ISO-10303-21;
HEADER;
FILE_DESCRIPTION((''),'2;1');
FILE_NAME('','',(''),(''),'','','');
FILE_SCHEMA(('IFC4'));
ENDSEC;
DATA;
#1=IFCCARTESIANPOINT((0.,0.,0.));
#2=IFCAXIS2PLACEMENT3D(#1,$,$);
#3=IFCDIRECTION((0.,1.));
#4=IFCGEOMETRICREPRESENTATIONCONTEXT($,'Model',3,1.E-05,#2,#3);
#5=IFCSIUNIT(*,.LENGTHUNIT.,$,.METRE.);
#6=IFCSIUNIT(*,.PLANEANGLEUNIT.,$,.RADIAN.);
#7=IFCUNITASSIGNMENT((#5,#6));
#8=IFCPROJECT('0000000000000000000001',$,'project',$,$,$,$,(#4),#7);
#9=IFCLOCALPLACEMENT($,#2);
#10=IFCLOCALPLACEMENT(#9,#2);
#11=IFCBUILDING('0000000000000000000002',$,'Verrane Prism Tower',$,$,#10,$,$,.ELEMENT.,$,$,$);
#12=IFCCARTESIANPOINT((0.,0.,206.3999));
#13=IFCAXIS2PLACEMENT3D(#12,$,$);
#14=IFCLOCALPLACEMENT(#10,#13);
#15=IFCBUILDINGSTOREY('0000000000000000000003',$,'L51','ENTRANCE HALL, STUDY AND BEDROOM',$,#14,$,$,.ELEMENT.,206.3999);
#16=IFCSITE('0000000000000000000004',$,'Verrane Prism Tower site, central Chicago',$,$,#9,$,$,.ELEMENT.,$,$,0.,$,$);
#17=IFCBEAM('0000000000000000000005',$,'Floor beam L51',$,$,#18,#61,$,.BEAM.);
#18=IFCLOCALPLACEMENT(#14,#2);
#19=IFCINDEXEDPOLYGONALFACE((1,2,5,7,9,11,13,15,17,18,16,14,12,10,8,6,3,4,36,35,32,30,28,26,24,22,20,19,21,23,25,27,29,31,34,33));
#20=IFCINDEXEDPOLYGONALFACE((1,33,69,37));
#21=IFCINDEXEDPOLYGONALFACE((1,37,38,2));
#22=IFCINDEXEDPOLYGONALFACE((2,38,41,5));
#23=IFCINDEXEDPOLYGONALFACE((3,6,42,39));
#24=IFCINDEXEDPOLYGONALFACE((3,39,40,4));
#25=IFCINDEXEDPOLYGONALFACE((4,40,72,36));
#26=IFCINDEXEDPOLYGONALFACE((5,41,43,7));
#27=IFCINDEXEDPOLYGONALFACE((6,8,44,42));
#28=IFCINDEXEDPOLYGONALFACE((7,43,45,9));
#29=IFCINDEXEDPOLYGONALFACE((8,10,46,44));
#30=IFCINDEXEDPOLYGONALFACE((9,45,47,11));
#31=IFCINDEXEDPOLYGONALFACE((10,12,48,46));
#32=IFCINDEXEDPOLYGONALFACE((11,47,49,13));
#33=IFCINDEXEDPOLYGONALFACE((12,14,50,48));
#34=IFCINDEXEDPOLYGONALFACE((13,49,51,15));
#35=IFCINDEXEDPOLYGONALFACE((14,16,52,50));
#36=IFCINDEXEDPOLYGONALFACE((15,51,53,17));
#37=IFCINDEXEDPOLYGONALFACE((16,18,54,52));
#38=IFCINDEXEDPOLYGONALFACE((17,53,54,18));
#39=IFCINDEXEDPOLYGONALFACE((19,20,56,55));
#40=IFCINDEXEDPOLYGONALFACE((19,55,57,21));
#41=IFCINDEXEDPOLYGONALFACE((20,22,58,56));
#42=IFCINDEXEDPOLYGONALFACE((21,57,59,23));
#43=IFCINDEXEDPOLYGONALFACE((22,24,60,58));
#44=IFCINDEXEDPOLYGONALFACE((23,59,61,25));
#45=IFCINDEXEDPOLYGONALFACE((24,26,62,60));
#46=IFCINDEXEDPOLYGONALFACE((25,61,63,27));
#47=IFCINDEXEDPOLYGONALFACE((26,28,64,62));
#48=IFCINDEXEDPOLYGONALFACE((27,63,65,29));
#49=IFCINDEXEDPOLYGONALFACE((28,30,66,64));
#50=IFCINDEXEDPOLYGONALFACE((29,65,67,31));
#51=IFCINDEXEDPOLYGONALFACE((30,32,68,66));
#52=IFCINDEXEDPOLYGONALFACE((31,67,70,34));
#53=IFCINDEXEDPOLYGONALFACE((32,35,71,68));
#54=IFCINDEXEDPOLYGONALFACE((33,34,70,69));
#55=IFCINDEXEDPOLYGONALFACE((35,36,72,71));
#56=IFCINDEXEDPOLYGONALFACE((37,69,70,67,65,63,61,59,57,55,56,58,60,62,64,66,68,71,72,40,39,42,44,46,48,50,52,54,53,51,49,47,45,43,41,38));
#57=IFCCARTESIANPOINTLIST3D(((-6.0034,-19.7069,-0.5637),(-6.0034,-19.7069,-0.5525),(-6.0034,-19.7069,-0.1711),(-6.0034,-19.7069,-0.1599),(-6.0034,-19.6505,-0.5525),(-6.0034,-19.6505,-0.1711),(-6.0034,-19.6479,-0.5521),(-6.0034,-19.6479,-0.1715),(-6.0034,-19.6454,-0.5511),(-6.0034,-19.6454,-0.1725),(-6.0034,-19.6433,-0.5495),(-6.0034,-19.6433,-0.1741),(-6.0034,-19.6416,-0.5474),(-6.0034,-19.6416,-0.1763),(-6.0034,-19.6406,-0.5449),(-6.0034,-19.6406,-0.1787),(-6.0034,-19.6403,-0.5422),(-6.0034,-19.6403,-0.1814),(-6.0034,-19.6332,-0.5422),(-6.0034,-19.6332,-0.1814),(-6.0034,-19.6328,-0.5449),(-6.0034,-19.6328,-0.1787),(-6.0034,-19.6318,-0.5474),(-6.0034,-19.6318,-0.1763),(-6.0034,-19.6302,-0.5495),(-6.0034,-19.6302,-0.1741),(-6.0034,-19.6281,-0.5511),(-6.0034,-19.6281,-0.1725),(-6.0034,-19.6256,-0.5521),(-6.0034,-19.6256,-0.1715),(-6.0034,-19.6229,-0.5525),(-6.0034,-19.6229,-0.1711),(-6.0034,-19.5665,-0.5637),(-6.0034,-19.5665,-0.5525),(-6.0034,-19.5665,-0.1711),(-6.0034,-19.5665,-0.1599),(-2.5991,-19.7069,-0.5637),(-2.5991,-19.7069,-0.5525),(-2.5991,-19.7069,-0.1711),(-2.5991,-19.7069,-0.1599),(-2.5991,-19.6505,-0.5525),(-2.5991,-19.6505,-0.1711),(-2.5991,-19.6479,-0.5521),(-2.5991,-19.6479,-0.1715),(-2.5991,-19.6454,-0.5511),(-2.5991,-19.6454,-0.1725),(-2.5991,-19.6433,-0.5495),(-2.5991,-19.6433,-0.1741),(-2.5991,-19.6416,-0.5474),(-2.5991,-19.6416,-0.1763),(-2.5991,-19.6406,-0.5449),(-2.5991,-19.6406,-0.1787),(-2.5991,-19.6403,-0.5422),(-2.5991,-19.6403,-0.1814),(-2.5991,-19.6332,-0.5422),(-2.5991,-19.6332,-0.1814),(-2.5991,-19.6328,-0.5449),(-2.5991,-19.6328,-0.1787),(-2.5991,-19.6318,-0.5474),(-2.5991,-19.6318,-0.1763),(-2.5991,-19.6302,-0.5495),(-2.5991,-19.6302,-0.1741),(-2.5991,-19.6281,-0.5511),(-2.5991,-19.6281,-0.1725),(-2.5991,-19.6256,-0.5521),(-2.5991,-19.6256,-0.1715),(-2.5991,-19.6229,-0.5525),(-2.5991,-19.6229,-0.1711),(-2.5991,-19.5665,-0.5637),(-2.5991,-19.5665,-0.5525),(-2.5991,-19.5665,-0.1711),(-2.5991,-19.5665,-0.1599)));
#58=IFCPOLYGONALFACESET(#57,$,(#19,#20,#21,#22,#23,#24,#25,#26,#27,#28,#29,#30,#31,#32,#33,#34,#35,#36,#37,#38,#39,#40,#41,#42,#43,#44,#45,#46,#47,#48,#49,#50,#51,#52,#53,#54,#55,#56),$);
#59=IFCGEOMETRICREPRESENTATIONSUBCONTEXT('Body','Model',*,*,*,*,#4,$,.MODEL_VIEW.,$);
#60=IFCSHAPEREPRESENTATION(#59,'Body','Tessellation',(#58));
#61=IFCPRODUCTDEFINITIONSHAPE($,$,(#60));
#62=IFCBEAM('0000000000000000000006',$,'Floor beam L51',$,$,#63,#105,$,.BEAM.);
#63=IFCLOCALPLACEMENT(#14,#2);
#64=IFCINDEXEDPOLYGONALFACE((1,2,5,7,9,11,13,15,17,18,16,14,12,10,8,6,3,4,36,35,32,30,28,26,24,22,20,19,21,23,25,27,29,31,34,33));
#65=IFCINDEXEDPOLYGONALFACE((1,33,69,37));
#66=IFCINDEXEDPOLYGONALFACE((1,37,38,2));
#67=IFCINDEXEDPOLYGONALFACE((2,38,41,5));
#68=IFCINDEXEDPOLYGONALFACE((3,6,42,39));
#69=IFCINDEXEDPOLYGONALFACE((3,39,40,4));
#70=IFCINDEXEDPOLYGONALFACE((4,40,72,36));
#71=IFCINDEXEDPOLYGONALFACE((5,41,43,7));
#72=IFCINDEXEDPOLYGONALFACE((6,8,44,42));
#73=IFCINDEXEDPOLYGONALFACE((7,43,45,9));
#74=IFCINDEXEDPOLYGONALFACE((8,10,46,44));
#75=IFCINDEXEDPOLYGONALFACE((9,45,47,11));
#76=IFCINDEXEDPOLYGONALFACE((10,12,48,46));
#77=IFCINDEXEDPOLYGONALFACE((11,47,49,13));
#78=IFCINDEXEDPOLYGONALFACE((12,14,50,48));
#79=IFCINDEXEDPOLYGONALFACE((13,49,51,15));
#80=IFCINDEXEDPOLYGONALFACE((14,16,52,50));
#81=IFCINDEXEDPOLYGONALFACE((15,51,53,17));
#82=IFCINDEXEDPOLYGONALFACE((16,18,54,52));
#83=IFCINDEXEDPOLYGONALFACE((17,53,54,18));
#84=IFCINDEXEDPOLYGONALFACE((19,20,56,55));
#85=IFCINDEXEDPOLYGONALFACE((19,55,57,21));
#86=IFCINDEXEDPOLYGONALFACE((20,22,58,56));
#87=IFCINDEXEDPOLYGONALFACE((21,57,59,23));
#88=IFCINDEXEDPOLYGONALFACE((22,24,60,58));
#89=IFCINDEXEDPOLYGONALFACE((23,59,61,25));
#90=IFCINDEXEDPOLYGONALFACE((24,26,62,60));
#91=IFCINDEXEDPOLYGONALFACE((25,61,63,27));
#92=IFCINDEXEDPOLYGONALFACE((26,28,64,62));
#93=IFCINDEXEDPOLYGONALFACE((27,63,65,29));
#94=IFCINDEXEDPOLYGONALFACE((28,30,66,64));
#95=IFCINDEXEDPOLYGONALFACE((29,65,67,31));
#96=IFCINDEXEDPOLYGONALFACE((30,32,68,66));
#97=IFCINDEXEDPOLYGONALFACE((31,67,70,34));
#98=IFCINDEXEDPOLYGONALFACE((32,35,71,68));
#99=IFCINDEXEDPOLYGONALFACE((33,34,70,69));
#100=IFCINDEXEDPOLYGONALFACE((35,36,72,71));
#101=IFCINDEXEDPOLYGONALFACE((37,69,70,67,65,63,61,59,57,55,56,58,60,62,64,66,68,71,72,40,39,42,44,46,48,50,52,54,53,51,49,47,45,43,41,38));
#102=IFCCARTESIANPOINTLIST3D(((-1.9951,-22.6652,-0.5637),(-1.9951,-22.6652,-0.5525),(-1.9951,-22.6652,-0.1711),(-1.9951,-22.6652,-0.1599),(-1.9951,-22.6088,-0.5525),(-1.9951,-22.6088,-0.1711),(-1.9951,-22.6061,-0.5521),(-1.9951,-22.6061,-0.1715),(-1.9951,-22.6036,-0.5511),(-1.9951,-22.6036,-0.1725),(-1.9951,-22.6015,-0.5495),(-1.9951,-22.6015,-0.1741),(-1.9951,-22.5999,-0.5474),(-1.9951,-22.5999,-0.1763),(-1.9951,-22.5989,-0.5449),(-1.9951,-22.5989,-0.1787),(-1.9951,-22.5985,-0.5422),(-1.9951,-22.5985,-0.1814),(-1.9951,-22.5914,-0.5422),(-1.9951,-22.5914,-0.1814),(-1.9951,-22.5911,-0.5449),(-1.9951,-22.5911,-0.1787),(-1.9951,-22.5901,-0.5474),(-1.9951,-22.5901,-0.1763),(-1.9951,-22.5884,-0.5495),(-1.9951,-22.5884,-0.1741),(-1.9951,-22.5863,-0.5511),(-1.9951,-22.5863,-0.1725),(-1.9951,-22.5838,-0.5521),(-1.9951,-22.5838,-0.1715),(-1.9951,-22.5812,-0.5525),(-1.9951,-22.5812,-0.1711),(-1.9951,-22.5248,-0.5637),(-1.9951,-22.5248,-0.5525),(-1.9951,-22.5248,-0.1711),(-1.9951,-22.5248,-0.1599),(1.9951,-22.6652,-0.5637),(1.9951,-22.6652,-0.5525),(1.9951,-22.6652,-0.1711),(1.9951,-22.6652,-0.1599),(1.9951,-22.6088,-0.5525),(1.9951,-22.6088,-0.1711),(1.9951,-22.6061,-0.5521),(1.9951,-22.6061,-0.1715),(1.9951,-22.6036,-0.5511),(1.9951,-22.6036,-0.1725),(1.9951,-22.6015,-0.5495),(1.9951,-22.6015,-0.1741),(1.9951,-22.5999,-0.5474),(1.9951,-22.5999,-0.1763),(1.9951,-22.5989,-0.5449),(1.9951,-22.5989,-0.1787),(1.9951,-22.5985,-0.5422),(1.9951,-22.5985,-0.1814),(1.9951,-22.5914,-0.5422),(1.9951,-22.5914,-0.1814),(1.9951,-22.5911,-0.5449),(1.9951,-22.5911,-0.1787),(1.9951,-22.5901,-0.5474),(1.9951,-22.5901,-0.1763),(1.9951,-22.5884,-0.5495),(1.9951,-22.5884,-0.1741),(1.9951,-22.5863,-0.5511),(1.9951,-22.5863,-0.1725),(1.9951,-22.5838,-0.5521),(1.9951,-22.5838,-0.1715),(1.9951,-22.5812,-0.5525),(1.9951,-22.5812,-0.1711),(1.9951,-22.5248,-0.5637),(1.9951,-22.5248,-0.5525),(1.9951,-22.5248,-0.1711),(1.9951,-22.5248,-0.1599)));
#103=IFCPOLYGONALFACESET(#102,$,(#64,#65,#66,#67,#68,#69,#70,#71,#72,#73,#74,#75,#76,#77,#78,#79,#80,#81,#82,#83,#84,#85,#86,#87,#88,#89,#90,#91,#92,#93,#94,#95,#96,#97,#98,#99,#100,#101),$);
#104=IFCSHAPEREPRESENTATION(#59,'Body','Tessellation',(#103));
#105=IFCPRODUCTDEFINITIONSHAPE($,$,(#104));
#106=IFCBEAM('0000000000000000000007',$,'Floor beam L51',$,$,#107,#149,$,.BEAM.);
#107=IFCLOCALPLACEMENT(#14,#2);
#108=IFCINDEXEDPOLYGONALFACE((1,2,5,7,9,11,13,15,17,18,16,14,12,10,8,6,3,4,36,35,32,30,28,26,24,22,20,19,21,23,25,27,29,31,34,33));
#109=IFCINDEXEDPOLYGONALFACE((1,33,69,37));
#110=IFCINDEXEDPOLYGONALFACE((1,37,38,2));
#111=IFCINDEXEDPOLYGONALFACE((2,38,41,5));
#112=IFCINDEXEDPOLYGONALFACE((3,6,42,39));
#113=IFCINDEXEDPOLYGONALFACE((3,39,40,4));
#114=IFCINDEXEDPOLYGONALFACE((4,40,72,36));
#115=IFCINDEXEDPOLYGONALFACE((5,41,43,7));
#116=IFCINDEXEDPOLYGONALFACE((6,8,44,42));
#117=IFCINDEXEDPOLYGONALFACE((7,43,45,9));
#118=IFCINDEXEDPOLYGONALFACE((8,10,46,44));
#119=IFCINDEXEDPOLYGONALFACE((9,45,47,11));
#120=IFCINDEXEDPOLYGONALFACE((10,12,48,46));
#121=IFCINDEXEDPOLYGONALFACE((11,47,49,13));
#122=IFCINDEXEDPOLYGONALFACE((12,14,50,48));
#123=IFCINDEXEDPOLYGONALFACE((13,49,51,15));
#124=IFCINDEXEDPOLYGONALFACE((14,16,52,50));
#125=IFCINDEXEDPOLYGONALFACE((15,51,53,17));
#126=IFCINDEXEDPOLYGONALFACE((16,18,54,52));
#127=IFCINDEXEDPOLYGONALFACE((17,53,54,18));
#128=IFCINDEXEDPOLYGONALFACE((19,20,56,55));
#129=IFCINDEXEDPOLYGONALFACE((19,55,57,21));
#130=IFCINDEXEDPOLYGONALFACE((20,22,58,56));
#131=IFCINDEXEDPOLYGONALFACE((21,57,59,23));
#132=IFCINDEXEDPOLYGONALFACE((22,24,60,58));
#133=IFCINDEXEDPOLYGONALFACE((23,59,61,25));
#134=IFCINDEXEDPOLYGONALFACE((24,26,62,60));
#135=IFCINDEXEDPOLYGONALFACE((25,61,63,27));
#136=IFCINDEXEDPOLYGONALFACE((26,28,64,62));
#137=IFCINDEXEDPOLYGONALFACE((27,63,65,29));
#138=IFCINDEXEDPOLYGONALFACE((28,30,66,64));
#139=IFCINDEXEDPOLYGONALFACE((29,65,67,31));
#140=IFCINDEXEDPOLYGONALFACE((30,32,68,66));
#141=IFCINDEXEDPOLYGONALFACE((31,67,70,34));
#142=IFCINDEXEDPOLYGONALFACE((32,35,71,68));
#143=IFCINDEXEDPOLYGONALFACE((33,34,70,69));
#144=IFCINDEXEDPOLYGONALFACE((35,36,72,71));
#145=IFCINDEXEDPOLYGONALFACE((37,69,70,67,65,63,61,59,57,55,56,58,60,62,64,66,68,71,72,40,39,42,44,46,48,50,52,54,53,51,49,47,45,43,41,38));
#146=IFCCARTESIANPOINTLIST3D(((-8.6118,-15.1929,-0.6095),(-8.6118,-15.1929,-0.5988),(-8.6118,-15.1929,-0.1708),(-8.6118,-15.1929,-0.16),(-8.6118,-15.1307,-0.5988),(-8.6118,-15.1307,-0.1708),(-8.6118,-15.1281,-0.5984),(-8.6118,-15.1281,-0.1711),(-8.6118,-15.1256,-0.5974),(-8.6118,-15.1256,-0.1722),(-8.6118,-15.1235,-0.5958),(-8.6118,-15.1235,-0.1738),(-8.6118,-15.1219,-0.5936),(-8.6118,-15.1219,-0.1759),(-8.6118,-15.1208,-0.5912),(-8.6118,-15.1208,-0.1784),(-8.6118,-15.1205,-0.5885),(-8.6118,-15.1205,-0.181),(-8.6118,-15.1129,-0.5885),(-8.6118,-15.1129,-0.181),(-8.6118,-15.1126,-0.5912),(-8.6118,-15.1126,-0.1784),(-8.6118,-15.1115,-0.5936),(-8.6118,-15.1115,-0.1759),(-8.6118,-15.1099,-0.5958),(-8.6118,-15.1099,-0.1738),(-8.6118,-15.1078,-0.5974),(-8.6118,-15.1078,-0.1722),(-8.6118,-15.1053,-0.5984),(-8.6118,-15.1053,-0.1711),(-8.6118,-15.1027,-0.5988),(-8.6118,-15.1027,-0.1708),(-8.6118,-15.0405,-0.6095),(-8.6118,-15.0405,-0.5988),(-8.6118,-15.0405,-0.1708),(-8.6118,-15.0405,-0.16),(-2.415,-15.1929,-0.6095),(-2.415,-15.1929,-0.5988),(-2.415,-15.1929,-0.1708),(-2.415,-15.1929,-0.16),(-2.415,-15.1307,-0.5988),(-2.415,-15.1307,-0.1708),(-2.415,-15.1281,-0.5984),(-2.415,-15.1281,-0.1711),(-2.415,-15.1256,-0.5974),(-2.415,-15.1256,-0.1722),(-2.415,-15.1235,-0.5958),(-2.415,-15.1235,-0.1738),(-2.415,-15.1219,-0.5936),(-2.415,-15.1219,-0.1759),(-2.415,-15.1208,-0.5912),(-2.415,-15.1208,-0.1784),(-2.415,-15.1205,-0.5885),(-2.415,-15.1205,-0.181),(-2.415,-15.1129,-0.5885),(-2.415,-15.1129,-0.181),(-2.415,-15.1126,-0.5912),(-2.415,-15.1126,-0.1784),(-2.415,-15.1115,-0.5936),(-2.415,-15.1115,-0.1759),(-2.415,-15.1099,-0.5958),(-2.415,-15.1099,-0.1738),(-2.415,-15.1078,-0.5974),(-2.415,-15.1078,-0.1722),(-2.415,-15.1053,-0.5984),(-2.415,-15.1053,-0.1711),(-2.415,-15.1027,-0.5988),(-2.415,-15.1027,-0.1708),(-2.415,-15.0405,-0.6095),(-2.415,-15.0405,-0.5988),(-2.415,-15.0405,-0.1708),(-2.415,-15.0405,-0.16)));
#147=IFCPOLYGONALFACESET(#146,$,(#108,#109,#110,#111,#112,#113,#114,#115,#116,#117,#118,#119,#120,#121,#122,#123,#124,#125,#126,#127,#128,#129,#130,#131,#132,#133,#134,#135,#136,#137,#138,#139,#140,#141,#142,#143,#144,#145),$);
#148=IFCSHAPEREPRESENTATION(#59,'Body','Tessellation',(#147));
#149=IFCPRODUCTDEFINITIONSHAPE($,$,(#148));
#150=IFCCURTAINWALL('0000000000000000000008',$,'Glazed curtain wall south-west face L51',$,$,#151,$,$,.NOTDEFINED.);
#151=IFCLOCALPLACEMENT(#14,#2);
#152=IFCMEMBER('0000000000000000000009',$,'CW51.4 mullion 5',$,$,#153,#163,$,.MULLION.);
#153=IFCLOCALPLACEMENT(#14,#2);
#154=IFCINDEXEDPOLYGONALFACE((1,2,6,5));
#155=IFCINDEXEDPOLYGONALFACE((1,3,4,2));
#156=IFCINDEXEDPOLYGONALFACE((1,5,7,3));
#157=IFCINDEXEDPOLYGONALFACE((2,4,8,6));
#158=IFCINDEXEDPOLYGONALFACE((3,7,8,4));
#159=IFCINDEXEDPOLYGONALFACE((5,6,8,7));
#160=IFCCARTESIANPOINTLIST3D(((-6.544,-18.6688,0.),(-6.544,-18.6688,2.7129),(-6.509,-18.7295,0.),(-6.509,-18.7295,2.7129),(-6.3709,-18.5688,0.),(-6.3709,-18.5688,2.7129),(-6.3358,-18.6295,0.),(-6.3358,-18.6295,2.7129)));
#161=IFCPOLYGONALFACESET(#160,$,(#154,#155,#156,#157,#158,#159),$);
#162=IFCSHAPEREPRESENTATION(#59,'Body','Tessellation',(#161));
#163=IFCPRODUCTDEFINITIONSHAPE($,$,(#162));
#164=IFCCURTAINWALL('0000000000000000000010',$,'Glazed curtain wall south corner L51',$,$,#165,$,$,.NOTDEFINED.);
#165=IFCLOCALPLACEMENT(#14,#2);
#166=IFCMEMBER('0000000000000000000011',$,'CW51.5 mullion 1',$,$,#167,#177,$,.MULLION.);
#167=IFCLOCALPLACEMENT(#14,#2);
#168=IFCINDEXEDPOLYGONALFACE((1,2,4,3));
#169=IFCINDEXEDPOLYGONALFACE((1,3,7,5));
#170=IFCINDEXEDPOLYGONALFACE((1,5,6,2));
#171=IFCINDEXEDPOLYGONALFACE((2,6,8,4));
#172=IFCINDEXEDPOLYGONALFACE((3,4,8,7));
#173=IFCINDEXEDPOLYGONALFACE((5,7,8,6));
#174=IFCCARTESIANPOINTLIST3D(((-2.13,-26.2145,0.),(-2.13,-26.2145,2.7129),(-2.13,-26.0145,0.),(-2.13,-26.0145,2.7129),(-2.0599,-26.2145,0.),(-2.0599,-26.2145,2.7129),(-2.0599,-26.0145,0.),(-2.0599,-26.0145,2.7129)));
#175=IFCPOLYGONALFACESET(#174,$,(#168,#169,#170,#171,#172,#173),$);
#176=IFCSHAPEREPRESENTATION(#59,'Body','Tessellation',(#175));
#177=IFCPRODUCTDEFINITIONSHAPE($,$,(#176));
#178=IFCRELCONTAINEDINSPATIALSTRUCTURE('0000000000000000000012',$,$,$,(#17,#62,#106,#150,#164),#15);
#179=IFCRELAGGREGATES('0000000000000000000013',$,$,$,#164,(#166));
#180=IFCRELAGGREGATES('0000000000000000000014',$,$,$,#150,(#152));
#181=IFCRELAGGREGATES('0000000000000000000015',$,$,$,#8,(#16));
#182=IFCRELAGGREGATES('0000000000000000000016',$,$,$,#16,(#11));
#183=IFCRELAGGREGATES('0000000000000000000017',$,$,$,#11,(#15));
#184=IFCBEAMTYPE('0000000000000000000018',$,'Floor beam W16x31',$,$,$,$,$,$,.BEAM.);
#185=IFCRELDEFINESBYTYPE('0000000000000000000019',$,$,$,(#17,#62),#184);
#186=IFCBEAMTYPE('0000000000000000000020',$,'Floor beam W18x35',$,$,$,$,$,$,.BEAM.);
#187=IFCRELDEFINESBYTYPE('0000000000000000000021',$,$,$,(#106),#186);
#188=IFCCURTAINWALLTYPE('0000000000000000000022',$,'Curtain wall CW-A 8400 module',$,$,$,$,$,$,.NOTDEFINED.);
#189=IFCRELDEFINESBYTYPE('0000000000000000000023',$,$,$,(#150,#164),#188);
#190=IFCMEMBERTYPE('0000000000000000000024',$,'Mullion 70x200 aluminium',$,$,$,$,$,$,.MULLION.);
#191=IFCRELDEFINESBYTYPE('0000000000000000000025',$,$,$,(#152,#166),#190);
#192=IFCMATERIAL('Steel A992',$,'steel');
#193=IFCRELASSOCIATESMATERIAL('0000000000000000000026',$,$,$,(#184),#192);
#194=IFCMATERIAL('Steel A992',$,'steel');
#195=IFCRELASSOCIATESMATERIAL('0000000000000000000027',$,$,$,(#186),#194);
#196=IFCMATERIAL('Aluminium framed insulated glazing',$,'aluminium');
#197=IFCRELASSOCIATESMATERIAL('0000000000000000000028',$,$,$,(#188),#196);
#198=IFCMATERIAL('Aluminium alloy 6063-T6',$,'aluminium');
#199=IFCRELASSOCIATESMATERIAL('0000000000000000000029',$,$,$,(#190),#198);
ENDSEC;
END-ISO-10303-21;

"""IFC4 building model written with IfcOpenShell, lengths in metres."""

from ifc_helpers import new_model, si_unit, direction, frame, origin, origin_2d, place, context, subcontext, project, spatial, rectangle, i_section, extrude, material, material_profile, profile_set, type_object, element, aggregate, save


model = new_model("IFC4")

# Units and contexts
model_context = context("Model", 3, precision=1e-05, world=origin(), true_north=direction((0.0, 1.0)))
body_context = subcontext(model_context, "Body", "Model", "MODEL_VIEW")
ifc_project = project(units=[si_unit("LENGTHUNIT", "METRE"), si_unit("PLANEANGLEUNIT", "RADIAN")], contexts=[model_context])

# Site, building, storey
site_placement = place(None, origin())
site = spatial("IfcSite", under=ifc_project, at=site_placement, Name="Verrane Prism Tower site, central Chicago", CompositionType="ELEMENT", RefElevation=0.0)
building_placement = place(site_placement, origin())
building = spatial("IfcBuilding", under=site, at=building_placement, Name="Verrane Prism Tower", CompositionType="ELEMENT")
storey_placement = place(building_placement, frame((0.0, 0.0, 206.3999)))
storey = spatial("IfcBuildingStorey", under=building, at=storey_placement, Name="L51", Description="ENTRANCE HALL, STUDY AND BEDROOM", CompositionType="ELEMENT", Elevation=206.3999)

# Beams
ifc_material_1 = material(Name="Steel A992", Category="steel")
ifc_material_profile_1 = material_profile(ifc_material_1, i_section(OverallWidth=0.1404, OverallDepth=0.4038, WebThickness=0.0071, FlangeThickness=0.0112, FilletRadius=0.0103, at=origin_2d()), Name="W16x31")
ifc_profile_set_1 = profile_set([ifc_material_profile_1], Name="Steel A992")
beam_type_1 = type_object("IfcBeamType", Name="Floor beam W16x31", PredefinedType="BEAM", material=ifc_profile_set_1)
beam_1_placement = place(storey_placement, frame((-6.0034, -19.6367, -0.3618), z_axis=(1.0, 0.0, 0.0), x_axis=(0.0, 1.0, 0.0)))
element("IfcBeam", 1, at=beam_1_placement, inside=storey, type_object=beam_type_1, Name="Floor beam L51", PredefinedType="BEAM", context=body_context, shape_type="SweptSolid", body=[
    extrude(i_section(OverallWidth=0.1404, OverallDepth=0.4038, WebThickness=0.0071, FlangeThickness=0.0112, FilletRadius=0.0103, at=origin_2d()), origin(), (0.0, 0.0, 1.0), 3.4043),
])
beam_2_placement = place(storey_placement, frame((-1.9951, -22.595, -0.3618), z_axis=(1.0, 0.0, 0.0), x_axis=(0.0, 1.0, 0.0)))
element("IfcBeam", 2, at=beam_2_placement, inside=storey, type_object=beam_type_1, Name="Floor beam L51", PredefinedType="BEAM", context=body_context, shape_type="SweptSolid", body=[
    extrude(i_section(OverallWidth=0.1404, OverallDepth=0.4038, WebThickness=0.0071, FlangeThickness=0.0112, FilletRadius=0.0103, at=origin_2d()), origin(), (0.0, 0.0, 1.0), 3.9902),
])
ifc_material_2 = material(Name="Steel A992", Category="steel")
ifc_material_profile_2 = material_profile(ifc_material_2, i_section(OverallWidth=0.1523, OverallDepth=0.4495, WebThickness=0.0076, FlangeThickness=0.0107, FilletRadius=0.0103, at=origin_2d()), Name="W18x35")
ifc_profile_set_2 = profile_set([ifc_material_profile_2], Name="Steel A992")
beam_type_2 = type_object("IfcBeamType", Name="Floor beam W18x35", PredefinedType="BEAM", material=ifc_profile_set_2)
beam_3_placement = place(storey_placement, frame((-8.6118, -15.1167, -0.3848), z_axis=(1.0, 0.0, 0.0), x_axis=(0.0, 1.0, 0.0)))
element("IfcBeam", 3, at=beam_3_placement, inside=storey, type_object=beam_type_2, Name="Floor beam L51", PredefinedType="BEAM", context=body_context, shape_type="SweptSolid", body=[
    extrude(i_section(OverallWidth=0.1523, OverallDepth=0.4495, WebThickness=0.0076, FlangeThickness=0.0107, FilletRadius=0.0103, at=origin_2d()), origin(), (0.0, 0.0, 1.0), 6.1968),
])

# Curtain walls, members
ifc_material_3 = material(Name="Aluminium framed insulated glazing", Category="aluminium")
curtain_wall_type = type_object("IfcCurtainWallType", Name="Curtain wall CW-A 8400 module", PredefinedType="NOTDEFINED", material=ifc_material_3)
curtain_wall_1_placement = place(storey_placement, origin())
curtain_wall_1 = element("IfcCurtainWall", 4, at=curtain_wall_1_placement, inside=storey, type_object=curtain_wall_type, Name="Glazed curtain wall south-west face L51", PredefinedType="NOTDEFINED")
ifc_material_4 = material(Name="Aluminium alloy 6063-T6", Category="aluminium")
ifc_material_profile_3 = material_profile(ifc_material_4, rectangle(XDim=0.2, YDim=0.0701, at=origin_2d()), Name="Mullion 70x200 aluminium")
ifc_profile_set_3 = profile_set([ifc_material_profile_3], Name="Aluminium alloy 6063-T6")
member_type_1 = type_object("IfcMemberType", Name="Mullion 70x200 aluminium", PredefinedType="MULLION", material=ifc_profile_set_3)
member_1_placement = place(storey_placement, frame((-6.4399, -18.6492, 0.0), z_axis=(0.0, 0.0, 1.0), x_axis=(0.866026, 0.499999, 0.0)))
member_1 = element("IfcMember", 5, at=member_1_placement, type_object=member_type_1, Name="CW51.4 mullion 5", PredefinedType="MULLION", context=body_context, shape_type="SweptSolid", body=[
    extrude(rectangle(XDim=0.2, YDim=0.0701, at=origin_2d()), origin(), (0.0, 0.0, 1.0), 2.7129),
])
curtain_wall_2_placement = place(storey_placement, origin())
curtain_wall_2 = element("IfcCurtainWall", 6, at=curtain_wall_2_placement, inside=storey, type_object=curtain_wall_type, Name="Glazed curtain wall south corner L51", PredefinedType="NOTDEFINED")
member_2_placement = place(storey_placement, frame((-2.095, -26.1145, 0.0), z_axis=(0.0, 0.0, 1.0), x_axis=(0.0, 1.0, 0.0)))
member_2 = element("IfcMember", 7, at=member_2_placement, type_object=member_type_1, Name="CW51.5 mullion 1", PredefinedType="MULLION", context=body_context, shape_type="SweptSolid", body=[
    extrude(rectangle(XDim=0.2, YDim=0.0701, at=origin_2d()), origin(), (0.0, 0.0, 1.0), 2.7129),
])

aggregate(curtain_wall_2, [member_2])

aggregate(curtain_wall_1, [member_1])

save(model, "model.ifc")
